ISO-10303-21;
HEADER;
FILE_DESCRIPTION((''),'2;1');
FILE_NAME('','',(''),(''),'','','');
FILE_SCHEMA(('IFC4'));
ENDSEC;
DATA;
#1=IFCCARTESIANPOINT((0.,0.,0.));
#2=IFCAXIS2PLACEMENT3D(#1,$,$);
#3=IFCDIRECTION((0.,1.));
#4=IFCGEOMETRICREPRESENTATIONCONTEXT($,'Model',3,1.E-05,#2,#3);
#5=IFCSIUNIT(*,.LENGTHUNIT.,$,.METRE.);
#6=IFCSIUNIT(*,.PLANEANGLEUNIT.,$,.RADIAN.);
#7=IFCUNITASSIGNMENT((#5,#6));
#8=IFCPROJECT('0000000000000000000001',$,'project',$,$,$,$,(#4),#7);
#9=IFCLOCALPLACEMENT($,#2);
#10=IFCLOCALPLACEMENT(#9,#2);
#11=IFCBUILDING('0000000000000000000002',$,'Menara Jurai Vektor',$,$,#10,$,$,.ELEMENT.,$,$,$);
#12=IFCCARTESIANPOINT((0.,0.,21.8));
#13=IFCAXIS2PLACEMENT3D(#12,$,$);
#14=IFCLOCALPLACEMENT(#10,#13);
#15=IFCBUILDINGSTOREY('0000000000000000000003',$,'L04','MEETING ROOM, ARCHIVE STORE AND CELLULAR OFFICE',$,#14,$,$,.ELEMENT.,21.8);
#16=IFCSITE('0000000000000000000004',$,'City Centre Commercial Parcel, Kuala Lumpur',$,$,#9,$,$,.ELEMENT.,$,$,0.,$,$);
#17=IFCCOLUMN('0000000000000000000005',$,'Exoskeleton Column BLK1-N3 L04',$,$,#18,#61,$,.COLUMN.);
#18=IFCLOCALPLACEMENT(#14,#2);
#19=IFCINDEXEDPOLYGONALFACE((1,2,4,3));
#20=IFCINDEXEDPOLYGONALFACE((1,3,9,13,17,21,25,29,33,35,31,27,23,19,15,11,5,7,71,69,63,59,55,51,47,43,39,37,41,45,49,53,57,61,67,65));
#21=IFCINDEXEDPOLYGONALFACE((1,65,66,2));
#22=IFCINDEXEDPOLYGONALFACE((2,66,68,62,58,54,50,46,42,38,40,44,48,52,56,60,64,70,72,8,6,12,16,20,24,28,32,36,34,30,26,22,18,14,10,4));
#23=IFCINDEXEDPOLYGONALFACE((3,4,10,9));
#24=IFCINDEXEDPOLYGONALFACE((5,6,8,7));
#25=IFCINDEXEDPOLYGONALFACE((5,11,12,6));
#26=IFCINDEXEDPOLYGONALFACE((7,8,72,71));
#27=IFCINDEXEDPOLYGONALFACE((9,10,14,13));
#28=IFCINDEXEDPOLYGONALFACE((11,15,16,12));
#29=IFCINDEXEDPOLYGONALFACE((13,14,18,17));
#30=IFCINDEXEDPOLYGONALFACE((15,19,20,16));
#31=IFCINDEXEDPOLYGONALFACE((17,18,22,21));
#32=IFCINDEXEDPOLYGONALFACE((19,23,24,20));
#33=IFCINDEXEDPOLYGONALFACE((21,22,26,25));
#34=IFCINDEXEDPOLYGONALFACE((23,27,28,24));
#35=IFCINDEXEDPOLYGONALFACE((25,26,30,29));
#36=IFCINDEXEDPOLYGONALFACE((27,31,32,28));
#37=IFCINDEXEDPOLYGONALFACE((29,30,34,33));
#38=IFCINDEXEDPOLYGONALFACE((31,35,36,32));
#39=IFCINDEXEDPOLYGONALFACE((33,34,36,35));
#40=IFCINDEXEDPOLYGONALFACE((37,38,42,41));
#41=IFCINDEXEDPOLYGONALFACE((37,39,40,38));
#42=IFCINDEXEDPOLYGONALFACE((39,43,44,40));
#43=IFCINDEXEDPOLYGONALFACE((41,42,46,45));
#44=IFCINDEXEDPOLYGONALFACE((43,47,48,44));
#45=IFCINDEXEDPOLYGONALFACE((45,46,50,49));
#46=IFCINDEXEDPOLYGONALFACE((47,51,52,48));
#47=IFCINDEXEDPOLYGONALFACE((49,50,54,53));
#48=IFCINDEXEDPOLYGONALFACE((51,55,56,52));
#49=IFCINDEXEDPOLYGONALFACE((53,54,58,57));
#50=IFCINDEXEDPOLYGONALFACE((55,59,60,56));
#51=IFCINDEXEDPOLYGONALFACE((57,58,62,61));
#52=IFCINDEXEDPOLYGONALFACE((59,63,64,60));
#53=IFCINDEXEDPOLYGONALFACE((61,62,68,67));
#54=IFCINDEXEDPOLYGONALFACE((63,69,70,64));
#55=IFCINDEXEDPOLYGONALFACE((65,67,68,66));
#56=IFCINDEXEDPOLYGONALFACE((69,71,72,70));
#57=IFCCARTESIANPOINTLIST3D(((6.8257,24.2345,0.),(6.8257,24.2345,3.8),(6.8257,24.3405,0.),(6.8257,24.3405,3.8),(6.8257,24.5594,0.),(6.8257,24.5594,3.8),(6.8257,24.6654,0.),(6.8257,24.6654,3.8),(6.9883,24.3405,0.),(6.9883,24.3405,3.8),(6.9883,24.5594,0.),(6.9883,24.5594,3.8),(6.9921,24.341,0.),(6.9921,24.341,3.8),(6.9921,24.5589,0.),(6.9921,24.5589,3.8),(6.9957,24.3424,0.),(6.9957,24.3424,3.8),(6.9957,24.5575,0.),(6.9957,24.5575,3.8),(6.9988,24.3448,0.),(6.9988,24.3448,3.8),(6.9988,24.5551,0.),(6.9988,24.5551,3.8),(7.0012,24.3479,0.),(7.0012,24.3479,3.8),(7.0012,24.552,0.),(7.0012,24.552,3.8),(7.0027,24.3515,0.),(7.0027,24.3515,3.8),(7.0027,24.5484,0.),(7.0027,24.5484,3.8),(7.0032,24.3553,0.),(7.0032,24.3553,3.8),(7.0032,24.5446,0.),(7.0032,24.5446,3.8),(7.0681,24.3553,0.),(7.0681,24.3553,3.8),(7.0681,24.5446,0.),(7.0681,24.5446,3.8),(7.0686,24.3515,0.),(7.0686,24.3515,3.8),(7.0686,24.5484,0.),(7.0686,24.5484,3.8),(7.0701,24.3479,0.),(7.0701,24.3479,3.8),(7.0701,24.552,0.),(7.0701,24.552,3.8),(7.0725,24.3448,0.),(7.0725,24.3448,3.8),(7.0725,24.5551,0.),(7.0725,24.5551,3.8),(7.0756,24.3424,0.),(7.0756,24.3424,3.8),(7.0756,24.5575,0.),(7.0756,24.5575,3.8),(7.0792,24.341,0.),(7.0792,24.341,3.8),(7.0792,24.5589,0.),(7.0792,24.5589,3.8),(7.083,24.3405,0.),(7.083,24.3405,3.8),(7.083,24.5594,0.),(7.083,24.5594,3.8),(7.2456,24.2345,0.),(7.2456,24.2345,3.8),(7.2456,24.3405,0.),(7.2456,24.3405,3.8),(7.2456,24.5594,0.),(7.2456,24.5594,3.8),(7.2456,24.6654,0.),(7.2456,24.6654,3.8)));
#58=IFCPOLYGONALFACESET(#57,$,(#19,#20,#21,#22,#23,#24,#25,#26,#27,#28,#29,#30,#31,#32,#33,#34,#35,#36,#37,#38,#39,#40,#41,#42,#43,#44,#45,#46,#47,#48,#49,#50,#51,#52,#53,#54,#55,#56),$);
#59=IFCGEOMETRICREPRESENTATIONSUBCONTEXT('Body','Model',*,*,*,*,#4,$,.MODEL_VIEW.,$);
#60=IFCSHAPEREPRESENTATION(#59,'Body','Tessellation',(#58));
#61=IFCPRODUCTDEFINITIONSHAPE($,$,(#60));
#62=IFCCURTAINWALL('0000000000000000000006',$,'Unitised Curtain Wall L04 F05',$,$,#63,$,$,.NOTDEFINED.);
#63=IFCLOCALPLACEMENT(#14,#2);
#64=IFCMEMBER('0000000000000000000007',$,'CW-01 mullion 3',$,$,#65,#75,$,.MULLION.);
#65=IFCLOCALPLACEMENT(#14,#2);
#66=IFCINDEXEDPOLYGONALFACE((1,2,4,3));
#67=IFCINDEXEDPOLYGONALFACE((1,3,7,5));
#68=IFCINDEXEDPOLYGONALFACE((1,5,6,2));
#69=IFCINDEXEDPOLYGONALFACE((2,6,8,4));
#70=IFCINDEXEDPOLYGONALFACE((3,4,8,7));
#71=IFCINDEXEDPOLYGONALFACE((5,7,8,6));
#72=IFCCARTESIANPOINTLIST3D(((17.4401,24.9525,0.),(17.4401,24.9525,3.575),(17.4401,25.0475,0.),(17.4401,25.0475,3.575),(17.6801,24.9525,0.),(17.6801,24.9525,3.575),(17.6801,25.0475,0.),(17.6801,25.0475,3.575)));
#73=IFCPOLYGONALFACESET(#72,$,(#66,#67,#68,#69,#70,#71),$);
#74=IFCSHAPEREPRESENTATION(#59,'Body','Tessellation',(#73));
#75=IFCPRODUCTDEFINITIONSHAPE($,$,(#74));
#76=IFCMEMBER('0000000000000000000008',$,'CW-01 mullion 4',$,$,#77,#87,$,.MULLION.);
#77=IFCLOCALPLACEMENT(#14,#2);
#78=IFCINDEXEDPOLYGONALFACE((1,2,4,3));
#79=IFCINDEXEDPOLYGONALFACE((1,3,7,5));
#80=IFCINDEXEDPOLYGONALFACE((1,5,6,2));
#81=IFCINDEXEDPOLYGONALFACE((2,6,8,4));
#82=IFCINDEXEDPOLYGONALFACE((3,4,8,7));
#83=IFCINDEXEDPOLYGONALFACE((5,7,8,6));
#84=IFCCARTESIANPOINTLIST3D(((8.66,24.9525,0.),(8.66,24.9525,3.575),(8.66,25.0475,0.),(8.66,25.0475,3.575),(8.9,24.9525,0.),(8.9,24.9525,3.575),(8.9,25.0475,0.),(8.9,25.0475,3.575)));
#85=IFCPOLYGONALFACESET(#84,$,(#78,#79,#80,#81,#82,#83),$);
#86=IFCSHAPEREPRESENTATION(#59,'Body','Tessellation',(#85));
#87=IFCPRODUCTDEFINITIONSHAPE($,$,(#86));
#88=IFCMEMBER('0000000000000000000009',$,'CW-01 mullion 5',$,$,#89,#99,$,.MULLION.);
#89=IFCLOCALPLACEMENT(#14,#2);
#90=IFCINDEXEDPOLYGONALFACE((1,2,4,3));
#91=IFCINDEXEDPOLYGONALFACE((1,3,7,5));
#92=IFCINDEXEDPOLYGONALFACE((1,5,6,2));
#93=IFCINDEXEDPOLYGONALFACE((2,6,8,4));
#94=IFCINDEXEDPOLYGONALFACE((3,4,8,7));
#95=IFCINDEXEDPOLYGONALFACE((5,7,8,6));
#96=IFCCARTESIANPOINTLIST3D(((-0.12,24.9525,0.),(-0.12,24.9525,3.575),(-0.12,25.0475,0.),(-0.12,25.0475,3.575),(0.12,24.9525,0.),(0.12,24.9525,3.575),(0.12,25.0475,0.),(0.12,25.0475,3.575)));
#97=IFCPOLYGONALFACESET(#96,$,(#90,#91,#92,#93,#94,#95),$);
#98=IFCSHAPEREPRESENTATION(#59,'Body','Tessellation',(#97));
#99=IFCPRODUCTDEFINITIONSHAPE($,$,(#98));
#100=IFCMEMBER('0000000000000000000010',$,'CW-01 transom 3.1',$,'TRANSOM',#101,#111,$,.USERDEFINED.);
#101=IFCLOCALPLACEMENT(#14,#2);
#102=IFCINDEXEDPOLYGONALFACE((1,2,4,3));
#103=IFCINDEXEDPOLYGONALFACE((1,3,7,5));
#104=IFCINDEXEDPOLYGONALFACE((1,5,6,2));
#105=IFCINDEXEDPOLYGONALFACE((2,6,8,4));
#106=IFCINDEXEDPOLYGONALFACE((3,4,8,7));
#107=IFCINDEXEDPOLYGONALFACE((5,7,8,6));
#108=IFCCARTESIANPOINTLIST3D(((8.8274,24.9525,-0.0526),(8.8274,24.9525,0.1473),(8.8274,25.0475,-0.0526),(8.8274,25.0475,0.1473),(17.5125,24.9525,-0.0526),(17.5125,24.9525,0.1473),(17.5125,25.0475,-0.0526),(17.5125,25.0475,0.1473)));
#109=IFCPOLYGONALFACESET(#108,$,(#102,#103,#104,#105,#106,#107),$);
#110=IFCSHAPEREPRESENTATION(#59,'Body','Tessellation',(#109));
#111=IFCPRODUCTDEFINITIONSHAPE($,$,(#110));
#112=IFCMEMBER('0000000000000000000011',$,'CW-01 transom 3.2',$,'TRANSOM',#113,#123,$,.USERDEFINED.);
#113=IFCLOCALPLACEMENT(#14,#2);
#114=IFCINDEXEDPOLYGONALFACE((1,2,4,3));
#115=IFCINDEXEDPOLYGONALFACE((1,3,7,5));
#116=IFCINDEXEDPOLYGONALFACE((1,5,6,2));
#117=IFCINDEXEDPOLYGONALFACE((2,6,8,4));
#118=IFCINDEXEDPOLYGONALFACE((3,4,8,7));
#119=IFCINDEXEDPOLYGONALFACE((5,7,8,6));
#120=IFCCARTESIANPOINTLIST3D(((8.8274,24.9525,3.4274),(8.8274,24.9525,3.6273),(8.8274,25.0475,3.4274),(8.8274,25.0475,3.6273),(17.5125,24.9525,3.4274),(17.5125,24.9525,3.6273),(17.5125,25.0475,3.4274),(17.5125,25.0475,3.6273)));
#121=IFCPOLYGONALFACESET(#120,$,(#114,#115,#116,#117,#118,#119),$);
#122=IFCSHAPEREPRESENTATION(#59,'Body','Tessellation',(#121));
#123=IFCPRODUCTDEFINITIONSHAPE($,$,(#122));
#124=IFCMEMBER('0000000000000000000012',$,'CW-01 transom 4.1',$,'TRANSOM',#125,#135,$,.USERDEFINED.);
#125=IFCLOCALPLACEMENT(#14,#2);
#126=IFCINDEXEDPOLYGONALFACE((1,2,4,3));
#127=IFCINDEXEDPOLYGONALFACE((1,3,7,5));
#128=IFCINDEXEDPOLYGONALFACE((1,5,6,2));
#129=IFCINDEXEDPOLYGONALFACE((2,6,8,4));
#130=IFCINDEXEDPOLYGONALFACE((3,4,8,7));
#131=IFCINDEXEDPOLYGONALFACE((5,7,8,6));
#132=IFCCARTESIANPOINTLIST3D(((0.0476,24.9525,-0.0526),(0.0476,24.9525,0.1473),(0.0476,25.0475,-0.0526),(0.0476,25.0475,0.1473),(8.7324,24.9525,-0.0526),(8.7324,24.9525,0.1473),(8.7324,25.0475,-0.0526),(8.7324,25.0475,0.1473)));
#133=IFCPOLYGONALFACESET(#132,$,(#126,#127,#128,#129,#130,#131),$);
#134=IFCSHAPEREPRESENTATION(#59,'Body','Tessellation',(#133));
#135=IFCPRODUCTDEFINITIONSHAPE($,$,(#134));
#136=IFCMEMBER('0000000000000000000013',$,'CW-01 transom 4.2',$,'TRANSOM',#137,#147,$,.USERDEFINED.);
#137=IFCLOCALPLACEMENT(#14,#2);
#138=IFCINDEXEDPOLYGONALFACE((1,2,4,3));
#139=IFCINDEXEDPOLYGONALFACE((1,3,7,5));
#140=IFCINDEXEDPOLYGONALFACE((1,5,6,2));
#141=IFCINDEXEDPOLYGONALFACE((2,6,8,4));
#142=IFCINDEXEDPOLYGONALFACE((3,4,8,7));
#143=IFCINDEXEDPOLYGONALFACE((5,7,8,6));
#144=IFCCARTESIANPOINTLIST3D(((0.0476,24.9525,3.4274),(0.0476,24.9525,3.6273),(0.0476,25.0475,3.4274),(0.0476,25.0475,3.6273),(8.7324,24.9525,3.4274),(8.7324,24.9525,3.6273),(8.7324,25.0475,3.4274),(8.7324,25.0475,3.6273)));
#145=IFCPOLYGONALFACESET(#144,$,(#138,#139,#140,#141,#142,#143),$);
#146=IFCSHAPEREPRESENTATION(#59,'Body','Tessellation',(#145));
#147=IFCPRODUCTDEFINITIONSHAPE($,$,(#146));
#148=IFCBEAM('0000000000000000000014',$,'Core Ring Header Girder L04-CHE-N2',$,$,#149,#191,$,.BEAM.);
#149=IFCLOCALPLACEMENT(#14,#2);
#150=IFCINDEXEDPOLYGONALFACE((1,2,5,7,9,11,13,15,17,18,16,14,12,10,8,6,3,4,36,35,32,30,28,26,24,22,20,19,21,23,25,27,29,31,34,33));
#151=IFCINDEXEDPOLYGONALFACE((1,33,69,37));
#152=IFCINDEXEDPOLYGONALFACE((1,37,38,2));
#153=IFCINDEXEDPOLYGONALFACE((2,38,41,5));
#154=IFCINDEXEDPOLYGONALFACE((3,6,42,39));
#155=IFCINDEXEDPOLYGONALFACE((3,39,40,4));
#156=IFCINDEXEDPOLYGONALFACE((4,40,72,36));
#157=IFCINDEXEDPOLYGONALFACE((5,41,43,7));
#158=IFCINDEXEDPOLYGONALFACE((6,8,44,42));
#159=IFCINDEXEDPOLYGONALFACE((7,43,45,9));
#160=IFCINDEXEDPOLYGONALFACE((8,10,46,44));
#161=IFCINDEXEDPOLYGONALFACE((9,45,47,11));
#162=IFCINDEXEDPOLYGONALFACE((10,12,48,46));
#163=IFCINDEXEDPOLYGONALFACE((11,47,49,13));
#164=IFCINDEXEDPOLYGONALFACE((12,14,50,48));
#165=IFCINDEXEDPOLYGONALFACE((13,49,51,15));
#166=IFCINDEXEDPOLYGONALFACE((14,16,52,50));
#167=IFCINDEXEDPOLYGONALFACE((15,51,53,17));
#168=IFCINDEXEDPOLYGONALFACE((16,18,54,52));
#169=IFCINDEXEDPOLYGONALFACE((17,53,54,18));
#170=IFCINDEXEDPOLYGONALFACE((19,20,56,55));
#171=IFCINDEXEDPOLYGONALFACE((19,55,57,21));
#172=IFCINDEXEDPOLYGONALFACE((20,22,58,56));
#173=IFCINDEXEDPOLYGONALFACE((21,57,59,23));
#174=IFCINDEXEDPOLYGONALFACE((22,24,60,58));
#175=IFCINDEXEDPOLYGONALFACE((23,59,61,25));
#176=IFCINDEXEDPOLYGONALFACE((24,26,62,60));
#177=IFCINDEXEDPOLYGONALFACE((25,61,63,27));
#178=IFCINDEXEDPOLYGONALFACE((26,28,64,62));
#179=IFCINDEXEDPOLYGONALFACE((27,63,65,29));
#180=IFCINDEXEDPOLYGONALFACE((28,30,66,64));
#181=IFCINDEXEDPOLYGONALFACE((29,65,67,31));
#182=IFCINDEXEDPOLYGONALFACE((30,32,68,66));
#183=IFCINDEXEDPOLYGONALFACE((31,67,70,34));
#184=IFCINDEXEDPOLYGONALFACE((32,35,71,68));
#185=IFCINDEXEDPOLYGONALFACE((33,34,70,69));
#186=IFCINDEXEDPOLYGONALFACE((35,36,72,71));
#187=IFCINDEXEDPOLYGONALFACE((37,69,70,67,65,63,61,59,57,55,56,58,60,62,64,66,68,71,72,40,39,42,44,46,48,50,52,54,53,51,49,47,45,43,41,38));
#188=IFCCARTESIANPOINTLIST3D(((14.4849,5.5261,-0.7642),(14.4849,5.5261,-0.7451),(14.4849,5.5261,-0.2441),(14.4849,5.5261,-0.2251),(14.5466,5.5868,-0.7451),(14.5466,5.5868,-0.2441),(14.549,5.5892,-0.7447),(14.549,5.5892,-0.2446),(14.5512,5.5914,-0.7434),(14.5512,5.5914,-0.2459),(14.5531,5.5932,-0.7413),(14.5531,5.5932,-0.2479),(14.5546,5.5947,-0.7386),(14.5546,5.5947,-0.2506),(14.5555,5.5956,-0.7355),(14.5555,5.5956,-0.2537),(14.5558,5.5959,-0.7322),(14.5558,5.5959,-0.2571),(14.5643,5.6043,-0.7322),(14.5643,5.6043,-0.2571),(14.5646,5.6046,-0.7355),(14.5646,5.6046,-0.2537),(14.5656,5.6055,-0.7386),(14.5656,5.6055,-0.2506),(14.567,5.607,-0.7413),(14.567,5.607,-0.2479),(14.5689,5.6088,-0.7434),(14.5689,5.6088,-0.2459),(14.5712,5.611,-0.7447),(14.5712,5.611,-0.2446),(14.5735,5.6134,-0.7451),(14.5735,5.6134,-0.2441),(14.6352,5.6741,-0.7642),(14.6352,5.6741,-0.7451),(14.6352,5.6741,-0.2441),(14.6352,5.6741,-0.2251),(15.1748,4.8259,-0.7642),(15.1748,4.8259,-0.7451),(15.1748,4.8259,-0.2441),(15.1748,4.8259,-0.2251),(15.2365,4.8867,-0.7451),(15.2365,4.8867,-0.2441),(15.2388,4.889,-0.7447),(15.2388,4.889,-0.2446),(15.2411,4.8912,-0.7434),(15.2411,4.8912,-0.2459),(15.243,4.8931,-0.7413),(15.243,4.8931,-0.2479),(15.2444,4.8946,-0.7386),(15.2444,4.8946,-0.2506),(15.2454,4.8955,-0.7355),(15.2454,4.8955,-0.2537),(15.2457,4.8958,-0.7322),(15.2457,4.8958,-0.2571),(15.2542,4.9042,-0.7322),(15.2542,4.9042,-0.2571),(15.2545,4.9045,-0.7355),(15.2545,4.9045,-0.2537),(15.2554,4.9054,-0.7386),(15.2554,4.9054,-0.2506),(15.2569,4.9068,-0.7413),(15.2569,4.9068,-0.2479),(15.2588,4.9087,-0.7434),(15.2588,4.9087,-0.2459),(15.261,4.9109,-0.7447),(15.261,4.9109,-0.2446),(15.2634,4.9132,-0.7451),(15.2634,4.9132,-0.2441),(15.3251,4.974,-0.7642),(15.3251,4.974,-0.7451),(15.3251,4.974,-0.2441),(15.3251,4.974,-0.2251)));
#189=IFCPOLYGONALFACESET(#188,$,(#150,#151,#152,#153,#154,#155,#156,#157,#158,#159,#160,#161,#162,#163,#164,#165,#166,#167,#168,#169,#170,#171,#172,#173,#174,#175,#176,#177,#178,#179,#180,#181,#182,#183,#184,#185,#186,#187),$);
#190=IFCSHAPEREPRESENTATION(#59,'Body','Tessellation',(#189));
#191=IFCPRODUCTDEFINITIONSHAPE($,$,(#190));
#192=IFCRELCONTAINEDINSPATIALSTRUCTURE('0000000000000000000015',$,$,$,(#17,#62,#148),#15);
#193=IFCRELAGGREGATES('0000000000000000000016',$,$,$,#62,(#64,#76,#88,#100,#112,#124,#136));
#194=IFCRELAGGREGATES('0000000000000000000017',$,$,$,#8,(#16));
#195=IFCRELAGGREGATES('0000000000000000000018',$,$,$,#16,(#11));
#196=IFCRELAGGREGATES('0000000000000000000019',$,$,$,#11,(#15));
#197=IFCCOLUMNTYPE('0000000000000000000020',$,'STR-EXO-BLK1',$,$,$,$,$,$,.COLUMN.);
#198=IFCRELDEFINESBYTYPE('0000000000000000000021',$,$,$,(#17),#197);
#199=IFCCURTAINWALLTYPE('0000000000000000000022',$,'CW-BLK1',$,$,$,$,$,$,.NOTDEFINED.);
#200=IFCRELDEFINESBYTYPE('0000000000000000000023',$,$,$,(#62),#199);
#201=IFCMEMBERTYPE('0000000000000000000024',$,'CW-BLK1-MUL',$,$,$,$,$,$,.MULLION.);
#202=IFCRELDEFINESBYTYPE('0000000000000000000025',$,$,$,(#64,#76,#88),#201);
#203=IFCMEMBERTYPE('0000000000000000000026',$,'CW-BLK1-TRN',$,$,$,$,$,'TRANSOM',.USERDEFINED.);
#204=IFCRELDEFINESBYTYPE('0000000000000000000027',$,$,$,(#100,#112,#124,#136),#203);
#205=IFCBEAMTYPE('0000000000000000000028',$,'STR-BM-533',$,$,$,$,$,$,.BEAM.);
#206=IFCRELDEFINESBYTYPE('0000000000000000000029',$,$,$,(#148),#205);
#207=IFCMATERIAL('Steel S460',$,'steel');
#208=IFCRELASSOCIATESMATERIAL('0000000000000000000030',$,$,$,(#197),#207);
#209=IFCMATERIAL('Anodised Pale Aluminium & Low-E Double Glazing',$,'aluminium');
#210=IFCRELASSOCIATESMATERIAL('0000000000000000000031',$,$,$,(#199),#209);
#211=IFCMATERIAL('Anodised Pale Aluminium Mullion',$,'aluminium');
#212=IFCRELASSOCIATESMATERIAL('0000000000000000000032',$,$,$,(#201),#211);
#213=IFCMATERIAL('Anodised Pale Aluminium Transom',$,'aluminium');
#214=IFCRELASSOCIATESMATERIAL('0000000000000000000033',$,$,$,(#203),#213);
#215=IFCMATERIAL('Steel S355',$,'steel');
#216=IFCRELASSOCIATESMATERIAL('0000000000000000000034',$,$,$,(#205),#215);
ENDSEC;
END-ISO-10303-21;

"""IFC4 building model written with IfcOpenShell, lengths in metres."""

from ifc_helpers import new_model, si_unit, direction, frame, origin, origin_2d, place, context, subcontext, project, spatial, rectangle, i_section, extrude, material, material_profile, profile_set, type_object, element, aggregate, save


model = new_model("IFC4")

# Units and contexts
model_context = context("Model", 3, precision=1e-05, world=origin(), true_north=direction((0.0, 1.0)))
body_context = subcontext(model_context, "Body", "Model", "MODEL_VIEW")
ifc_project = project(units=[si_unit("LENGTHUNIT", "METRE"), si_unit("PLANEANGLEUNIT", "RADIAN")], contexts=[model_context])

# Site, building, storey
site_placement = place(None, origin())
site = spatial("IfcSite", under=ifc_project, at=site_placement, Name="City Centre Commercial Parcel, Kuala Lumpur", CompositionType="ELEMENT", RefElevation=0.0)
building_placement = place(site_placement, origin())
building = spatial("IfcBuilding", under=site, at=building_placement, Name="Menara Jurai Vektor", CompositionType="ELEMENT")
storey_placement = place(building_placement, frame((0.0, 0.0, 21.8)))
storey = spatial("IfcBuildingStorey", under=building, at=storey_placement, Name="L04", Description="MEETING ROOM, ARCHIVE STORE AND CELLULAR OFFICE", CompositionType="ELEMENT", Elevation=21.8)

# Column
ifc_material_1 = material(Name="Steel S460", Category="steel")
ifc_material_profile_1 = material_profile(ifc_material_1, i_section(OverallWidth=0.4199, OverallDepth=0.4309, WebThickness=0.0649, FlangeThickness=0.106, FilletRadius=0.0149, at=origin_2d()), Name="HD 400x900")
ifc_profile_set_1 = profile_set([ifc_material_profile_1], Name="Steel S460")
column_type = type_object("IfcColumnType", Name="STR-EXO-BLK1", PredefinedType="COLUMN", material=ifc_profile_set_1)
column_placement = place(storey_placement, frame((7.0356, 24.45, 0.0), z_axis=(0.0, 0.0, 1.0), x_axis=(1.0, 0.0, 0.0)))
element("IfcColumn", 1, at=column_placement, inside=storey, type_object=column_type, Name="Exoskeleton Column BLK1-N3 L04", PredefinedType="COLUMN", context=body_context, shape_type="SweptSolid", body=[
    extrude(i_section(OverallWidth=0.4199, OverallDepth=0.4309, WebThickness=0.0649, FlangeThickness=0.106, FilletRadius=0.0149, at=origin_2d()), origin(), (0.0, 0.0, 1.0), 3.8),
])

# Curtain wall, members
ifc_material_2 = material(Name="Anodised Pale Aluminium & Low-E Double Glazing", Category="aluminium")
curtain_wall_type = type_object("IfcCurtainWallType", Name="CW-BLK1", PredefinedType="NOTDEFINED", material=ifc_material_2)
curtain_wall_placement = place(storey_placement, origin())
curtain_wall = element("IfcCurtainWall", 2, at=curtain_wall_placement, inside=storey, type_object=curtain_wall_type, Name="Unitised Curtain Wall L04 F05", PredefinedType="NOTDEFINED")
ifc_material_3 = material(Name="Anodised Pale Aluminium Mullion", Category="aluminium")
ifc_material_profile_2 = material_profile(ifc_material_3, rectangle(XDim=0.095, YDim=0.24, at=origin_2d()), Name="ALU MUL 95x240")
ifc_profile_set_2 = profile_set([ifc_material_profile_2], Name="Anodised Pale Aluminium Mullion")
member_type_1 = type_object("IfcMemberType", Name="CW-BLK1-MUL", PredefinedType="MULLION", material=ifc_profile_set_2)
member_1_placement = place(storey_placement, frame((17.5601, 25.0, 0.0), z_axis=(0.0, 0.0, 1.0), x_axis=(0.0, -1.0, 0.0)))
member_1 = element("IfcMember", 3, at=member_1_placement, type_object=member_type_1, Name="CW-01 mullion 3", PredefinedType="MULLION", context=body_context, shape_type="SweptSolid", body=[
    extrude(rectangle(XDim=0.095, YDim=0.24, at=origin_2d()), origin(), (0.0, 0.0, 1.0), 3.575),
])
member_2_placement = place(storey_placement, frame((8.78, 25.0, 0.0), z_axis=(0.0, 0.0, 1.0), x_axis=(0.0, -1.0, 0.0)))
member_2 = element("IfcMember", 4, at=member_2_placement, type_object=member_type_1, Name="CW-01 mullion 4", PredefinedType="MULLION", context=body_context, shape_type="SweptSolid", body=[
    extrude(rectangle(XDim=0.095, YDim=0.24, at=origin_2d()), origin(), (0.0, 0.0, 1.0), 3.575),
])
member_3_placement = place(storey_placement, frame((0.0, 25.0, 0.0), z_axis=(0.0, 0.0, 1.0), x_axis=(0.0, -1.0, 0.0)))
member_3 = element("IfcMember", 5, at=member_3_placement, type_object=member_type_1, Name="CW-01 mullion 5", PredefinedType="MULLION", context=body_context, shape_type="SweptSolid", body=[
    extrude(rectangle(XDim=0.095, YDim=0.24, at=origin_2d()), origin(), (0.0, 0.0, 1.0), 3.575),
])
ifc_material_4 = material(Name="Anodised Pale Aluminium Transom", Category="aluminium")
ifc_material_profile_3 = material_profile(ifc_material_4, rectangle(XDim=0.095, YDim=0.2, at=origin_2d()), Name="ALU TRN 95x200")
ifc_profile_set_3 = profile_set([ifc_material_profile_3], Name="Anodised Pale Aluminium Transom")
member_type_2 = type_object("IfcMemberType", Name="CW-BLK1-TRN", ElementType="TRANSOM", PredefinedType="USERDEFINED", material=ifc_profile_set_3)
member_4_placement = place(storey_placement, frame((17.5125, 25.0, 0.0474), z_axis=(-1.0, 0.0, 0.0), x_axis=(0.0, -1.0, 0.0)))
member_4 = element("IfcMember", 6, at=member_4_placement, type_object=member_type_2, Name="CW-01 transom 3.1", ObjectType="TRANSOM", PredefinedType="USERDEFINED", context=body_context, shape_type="SweptSolid", body=[
    extrude(rectangle(XDim=0.095, YDim=0.2, at=origin_2d()), origin(), (0.0, 0.0, 1.0), 8.6851),
])
member_5_placement = place(storey_placement, frame((17.5125, 25.0, 3.5273), z_axis=(-1.0, 0.0, 0.0), x_axis=(0.0, -1.0, 0.0)))
member_5 = element("IfcMember", 7, at=member_5_placement, type_object=member_type_2, Name="CW-01 transom 3.2", ObjectType="TRANSOM", PredefinedType="USERDEFINED", context=body_context, shape_type="SweptSolid", body=[
    extrude(rectangle(XDim=0.095, YDim=0.2, at=origin_2d()), origin(), (0.0, 0.0, 1.0), 8.6851),
])
member_6_placement = place(storey_placement, frame((8.7324, 25.0, 0.0474), z_axis=(-1.0, 0.0, 0.0), x_axis=(0.0, -1.0, 0.0)))
member_6 = element("IfcMember", 8, at=member_6_placement, type_object=member_type_2, Name="CW-01 transom 4.1", ObjectType="TRANSOM", PredefinedType="USERDEFINED", context=body_context, shape_type="SweptSolid", body=[
    extrude(rectangle(XDim=0.095, YDim=0.2, at=origin_2d()), origin(), (0.0, 0.0, 1.0), 8.6848),
])
member_7_placement = place(storey_placement, frame((8.7324, 25.0, 3.5273), z_axis=(-1.0, 0.0, 0.0), x_axis=(0.0, -1.0, 0.0)))
member_7 = element("IfcMember", 9, at=member_7_placement, type_object=member_type_2, Name="CW-01 transom 4.2", ObjectType="TRANSOM", PredefinedType="USERDEFINED", context=body_context, shape_type="SweptSolid", body=[
    extrude(rectangle(XDim=0.095, YDim=0.2, at=origin_2d()), origin(), (0.0, 0.0, 1.0), 8.6848),
])

# Beam
ifc_material_5 = material(Name="Steel S355", Category="steel")
ifc_material_profile_4 = material_profile(ifc_material_5, i_section(OverallWidth=0.2109, OverallDepth=0.5391, WebThickness=0.012, FlangeThickness=0.019, FilletRadius=0.0129, at=origin_2d()), Name="UKB 533x210x109")
ifc_profile_set_4 = profile_set([ifc_material_profile_4], Name="Steel S355")
beam_type_1 = type_object("IfcBeamType", Name="STR-BM-533", PredefinedType="BEAM", material=ifc_profile_set_4)
beam_1_placement = place(storey_placement, frame((14.5601, 5.6001, -0.4946), z_axis=(0.701872, -0.712303, 0.0), x_axis=(0.712303, 0.701872, 0.0)))
element("IfcBeam", 10, at=beam_1_placement, inside=storey, type_object=beam_type_1, Name="Core Ring Header Girder L04-CHE-N2", PredefinedType="BEAM", context=body_context, shape_type="SweptSolid", body=[
    extrude(i_section(OverallWidth=0.2109, OverallDepth=0.5391, WebThickness=0.012, FlangeThickness=0.019, FilletRadius=0.0129, at=origin_2d()), origin(), (0.0, 0.0, 1.0), 0.9829),
])

aggregate(curtain_wall, [member_1, member_2, member_3, member_4, member_5, member_6, member_7])

save(model, "model.ifc")
